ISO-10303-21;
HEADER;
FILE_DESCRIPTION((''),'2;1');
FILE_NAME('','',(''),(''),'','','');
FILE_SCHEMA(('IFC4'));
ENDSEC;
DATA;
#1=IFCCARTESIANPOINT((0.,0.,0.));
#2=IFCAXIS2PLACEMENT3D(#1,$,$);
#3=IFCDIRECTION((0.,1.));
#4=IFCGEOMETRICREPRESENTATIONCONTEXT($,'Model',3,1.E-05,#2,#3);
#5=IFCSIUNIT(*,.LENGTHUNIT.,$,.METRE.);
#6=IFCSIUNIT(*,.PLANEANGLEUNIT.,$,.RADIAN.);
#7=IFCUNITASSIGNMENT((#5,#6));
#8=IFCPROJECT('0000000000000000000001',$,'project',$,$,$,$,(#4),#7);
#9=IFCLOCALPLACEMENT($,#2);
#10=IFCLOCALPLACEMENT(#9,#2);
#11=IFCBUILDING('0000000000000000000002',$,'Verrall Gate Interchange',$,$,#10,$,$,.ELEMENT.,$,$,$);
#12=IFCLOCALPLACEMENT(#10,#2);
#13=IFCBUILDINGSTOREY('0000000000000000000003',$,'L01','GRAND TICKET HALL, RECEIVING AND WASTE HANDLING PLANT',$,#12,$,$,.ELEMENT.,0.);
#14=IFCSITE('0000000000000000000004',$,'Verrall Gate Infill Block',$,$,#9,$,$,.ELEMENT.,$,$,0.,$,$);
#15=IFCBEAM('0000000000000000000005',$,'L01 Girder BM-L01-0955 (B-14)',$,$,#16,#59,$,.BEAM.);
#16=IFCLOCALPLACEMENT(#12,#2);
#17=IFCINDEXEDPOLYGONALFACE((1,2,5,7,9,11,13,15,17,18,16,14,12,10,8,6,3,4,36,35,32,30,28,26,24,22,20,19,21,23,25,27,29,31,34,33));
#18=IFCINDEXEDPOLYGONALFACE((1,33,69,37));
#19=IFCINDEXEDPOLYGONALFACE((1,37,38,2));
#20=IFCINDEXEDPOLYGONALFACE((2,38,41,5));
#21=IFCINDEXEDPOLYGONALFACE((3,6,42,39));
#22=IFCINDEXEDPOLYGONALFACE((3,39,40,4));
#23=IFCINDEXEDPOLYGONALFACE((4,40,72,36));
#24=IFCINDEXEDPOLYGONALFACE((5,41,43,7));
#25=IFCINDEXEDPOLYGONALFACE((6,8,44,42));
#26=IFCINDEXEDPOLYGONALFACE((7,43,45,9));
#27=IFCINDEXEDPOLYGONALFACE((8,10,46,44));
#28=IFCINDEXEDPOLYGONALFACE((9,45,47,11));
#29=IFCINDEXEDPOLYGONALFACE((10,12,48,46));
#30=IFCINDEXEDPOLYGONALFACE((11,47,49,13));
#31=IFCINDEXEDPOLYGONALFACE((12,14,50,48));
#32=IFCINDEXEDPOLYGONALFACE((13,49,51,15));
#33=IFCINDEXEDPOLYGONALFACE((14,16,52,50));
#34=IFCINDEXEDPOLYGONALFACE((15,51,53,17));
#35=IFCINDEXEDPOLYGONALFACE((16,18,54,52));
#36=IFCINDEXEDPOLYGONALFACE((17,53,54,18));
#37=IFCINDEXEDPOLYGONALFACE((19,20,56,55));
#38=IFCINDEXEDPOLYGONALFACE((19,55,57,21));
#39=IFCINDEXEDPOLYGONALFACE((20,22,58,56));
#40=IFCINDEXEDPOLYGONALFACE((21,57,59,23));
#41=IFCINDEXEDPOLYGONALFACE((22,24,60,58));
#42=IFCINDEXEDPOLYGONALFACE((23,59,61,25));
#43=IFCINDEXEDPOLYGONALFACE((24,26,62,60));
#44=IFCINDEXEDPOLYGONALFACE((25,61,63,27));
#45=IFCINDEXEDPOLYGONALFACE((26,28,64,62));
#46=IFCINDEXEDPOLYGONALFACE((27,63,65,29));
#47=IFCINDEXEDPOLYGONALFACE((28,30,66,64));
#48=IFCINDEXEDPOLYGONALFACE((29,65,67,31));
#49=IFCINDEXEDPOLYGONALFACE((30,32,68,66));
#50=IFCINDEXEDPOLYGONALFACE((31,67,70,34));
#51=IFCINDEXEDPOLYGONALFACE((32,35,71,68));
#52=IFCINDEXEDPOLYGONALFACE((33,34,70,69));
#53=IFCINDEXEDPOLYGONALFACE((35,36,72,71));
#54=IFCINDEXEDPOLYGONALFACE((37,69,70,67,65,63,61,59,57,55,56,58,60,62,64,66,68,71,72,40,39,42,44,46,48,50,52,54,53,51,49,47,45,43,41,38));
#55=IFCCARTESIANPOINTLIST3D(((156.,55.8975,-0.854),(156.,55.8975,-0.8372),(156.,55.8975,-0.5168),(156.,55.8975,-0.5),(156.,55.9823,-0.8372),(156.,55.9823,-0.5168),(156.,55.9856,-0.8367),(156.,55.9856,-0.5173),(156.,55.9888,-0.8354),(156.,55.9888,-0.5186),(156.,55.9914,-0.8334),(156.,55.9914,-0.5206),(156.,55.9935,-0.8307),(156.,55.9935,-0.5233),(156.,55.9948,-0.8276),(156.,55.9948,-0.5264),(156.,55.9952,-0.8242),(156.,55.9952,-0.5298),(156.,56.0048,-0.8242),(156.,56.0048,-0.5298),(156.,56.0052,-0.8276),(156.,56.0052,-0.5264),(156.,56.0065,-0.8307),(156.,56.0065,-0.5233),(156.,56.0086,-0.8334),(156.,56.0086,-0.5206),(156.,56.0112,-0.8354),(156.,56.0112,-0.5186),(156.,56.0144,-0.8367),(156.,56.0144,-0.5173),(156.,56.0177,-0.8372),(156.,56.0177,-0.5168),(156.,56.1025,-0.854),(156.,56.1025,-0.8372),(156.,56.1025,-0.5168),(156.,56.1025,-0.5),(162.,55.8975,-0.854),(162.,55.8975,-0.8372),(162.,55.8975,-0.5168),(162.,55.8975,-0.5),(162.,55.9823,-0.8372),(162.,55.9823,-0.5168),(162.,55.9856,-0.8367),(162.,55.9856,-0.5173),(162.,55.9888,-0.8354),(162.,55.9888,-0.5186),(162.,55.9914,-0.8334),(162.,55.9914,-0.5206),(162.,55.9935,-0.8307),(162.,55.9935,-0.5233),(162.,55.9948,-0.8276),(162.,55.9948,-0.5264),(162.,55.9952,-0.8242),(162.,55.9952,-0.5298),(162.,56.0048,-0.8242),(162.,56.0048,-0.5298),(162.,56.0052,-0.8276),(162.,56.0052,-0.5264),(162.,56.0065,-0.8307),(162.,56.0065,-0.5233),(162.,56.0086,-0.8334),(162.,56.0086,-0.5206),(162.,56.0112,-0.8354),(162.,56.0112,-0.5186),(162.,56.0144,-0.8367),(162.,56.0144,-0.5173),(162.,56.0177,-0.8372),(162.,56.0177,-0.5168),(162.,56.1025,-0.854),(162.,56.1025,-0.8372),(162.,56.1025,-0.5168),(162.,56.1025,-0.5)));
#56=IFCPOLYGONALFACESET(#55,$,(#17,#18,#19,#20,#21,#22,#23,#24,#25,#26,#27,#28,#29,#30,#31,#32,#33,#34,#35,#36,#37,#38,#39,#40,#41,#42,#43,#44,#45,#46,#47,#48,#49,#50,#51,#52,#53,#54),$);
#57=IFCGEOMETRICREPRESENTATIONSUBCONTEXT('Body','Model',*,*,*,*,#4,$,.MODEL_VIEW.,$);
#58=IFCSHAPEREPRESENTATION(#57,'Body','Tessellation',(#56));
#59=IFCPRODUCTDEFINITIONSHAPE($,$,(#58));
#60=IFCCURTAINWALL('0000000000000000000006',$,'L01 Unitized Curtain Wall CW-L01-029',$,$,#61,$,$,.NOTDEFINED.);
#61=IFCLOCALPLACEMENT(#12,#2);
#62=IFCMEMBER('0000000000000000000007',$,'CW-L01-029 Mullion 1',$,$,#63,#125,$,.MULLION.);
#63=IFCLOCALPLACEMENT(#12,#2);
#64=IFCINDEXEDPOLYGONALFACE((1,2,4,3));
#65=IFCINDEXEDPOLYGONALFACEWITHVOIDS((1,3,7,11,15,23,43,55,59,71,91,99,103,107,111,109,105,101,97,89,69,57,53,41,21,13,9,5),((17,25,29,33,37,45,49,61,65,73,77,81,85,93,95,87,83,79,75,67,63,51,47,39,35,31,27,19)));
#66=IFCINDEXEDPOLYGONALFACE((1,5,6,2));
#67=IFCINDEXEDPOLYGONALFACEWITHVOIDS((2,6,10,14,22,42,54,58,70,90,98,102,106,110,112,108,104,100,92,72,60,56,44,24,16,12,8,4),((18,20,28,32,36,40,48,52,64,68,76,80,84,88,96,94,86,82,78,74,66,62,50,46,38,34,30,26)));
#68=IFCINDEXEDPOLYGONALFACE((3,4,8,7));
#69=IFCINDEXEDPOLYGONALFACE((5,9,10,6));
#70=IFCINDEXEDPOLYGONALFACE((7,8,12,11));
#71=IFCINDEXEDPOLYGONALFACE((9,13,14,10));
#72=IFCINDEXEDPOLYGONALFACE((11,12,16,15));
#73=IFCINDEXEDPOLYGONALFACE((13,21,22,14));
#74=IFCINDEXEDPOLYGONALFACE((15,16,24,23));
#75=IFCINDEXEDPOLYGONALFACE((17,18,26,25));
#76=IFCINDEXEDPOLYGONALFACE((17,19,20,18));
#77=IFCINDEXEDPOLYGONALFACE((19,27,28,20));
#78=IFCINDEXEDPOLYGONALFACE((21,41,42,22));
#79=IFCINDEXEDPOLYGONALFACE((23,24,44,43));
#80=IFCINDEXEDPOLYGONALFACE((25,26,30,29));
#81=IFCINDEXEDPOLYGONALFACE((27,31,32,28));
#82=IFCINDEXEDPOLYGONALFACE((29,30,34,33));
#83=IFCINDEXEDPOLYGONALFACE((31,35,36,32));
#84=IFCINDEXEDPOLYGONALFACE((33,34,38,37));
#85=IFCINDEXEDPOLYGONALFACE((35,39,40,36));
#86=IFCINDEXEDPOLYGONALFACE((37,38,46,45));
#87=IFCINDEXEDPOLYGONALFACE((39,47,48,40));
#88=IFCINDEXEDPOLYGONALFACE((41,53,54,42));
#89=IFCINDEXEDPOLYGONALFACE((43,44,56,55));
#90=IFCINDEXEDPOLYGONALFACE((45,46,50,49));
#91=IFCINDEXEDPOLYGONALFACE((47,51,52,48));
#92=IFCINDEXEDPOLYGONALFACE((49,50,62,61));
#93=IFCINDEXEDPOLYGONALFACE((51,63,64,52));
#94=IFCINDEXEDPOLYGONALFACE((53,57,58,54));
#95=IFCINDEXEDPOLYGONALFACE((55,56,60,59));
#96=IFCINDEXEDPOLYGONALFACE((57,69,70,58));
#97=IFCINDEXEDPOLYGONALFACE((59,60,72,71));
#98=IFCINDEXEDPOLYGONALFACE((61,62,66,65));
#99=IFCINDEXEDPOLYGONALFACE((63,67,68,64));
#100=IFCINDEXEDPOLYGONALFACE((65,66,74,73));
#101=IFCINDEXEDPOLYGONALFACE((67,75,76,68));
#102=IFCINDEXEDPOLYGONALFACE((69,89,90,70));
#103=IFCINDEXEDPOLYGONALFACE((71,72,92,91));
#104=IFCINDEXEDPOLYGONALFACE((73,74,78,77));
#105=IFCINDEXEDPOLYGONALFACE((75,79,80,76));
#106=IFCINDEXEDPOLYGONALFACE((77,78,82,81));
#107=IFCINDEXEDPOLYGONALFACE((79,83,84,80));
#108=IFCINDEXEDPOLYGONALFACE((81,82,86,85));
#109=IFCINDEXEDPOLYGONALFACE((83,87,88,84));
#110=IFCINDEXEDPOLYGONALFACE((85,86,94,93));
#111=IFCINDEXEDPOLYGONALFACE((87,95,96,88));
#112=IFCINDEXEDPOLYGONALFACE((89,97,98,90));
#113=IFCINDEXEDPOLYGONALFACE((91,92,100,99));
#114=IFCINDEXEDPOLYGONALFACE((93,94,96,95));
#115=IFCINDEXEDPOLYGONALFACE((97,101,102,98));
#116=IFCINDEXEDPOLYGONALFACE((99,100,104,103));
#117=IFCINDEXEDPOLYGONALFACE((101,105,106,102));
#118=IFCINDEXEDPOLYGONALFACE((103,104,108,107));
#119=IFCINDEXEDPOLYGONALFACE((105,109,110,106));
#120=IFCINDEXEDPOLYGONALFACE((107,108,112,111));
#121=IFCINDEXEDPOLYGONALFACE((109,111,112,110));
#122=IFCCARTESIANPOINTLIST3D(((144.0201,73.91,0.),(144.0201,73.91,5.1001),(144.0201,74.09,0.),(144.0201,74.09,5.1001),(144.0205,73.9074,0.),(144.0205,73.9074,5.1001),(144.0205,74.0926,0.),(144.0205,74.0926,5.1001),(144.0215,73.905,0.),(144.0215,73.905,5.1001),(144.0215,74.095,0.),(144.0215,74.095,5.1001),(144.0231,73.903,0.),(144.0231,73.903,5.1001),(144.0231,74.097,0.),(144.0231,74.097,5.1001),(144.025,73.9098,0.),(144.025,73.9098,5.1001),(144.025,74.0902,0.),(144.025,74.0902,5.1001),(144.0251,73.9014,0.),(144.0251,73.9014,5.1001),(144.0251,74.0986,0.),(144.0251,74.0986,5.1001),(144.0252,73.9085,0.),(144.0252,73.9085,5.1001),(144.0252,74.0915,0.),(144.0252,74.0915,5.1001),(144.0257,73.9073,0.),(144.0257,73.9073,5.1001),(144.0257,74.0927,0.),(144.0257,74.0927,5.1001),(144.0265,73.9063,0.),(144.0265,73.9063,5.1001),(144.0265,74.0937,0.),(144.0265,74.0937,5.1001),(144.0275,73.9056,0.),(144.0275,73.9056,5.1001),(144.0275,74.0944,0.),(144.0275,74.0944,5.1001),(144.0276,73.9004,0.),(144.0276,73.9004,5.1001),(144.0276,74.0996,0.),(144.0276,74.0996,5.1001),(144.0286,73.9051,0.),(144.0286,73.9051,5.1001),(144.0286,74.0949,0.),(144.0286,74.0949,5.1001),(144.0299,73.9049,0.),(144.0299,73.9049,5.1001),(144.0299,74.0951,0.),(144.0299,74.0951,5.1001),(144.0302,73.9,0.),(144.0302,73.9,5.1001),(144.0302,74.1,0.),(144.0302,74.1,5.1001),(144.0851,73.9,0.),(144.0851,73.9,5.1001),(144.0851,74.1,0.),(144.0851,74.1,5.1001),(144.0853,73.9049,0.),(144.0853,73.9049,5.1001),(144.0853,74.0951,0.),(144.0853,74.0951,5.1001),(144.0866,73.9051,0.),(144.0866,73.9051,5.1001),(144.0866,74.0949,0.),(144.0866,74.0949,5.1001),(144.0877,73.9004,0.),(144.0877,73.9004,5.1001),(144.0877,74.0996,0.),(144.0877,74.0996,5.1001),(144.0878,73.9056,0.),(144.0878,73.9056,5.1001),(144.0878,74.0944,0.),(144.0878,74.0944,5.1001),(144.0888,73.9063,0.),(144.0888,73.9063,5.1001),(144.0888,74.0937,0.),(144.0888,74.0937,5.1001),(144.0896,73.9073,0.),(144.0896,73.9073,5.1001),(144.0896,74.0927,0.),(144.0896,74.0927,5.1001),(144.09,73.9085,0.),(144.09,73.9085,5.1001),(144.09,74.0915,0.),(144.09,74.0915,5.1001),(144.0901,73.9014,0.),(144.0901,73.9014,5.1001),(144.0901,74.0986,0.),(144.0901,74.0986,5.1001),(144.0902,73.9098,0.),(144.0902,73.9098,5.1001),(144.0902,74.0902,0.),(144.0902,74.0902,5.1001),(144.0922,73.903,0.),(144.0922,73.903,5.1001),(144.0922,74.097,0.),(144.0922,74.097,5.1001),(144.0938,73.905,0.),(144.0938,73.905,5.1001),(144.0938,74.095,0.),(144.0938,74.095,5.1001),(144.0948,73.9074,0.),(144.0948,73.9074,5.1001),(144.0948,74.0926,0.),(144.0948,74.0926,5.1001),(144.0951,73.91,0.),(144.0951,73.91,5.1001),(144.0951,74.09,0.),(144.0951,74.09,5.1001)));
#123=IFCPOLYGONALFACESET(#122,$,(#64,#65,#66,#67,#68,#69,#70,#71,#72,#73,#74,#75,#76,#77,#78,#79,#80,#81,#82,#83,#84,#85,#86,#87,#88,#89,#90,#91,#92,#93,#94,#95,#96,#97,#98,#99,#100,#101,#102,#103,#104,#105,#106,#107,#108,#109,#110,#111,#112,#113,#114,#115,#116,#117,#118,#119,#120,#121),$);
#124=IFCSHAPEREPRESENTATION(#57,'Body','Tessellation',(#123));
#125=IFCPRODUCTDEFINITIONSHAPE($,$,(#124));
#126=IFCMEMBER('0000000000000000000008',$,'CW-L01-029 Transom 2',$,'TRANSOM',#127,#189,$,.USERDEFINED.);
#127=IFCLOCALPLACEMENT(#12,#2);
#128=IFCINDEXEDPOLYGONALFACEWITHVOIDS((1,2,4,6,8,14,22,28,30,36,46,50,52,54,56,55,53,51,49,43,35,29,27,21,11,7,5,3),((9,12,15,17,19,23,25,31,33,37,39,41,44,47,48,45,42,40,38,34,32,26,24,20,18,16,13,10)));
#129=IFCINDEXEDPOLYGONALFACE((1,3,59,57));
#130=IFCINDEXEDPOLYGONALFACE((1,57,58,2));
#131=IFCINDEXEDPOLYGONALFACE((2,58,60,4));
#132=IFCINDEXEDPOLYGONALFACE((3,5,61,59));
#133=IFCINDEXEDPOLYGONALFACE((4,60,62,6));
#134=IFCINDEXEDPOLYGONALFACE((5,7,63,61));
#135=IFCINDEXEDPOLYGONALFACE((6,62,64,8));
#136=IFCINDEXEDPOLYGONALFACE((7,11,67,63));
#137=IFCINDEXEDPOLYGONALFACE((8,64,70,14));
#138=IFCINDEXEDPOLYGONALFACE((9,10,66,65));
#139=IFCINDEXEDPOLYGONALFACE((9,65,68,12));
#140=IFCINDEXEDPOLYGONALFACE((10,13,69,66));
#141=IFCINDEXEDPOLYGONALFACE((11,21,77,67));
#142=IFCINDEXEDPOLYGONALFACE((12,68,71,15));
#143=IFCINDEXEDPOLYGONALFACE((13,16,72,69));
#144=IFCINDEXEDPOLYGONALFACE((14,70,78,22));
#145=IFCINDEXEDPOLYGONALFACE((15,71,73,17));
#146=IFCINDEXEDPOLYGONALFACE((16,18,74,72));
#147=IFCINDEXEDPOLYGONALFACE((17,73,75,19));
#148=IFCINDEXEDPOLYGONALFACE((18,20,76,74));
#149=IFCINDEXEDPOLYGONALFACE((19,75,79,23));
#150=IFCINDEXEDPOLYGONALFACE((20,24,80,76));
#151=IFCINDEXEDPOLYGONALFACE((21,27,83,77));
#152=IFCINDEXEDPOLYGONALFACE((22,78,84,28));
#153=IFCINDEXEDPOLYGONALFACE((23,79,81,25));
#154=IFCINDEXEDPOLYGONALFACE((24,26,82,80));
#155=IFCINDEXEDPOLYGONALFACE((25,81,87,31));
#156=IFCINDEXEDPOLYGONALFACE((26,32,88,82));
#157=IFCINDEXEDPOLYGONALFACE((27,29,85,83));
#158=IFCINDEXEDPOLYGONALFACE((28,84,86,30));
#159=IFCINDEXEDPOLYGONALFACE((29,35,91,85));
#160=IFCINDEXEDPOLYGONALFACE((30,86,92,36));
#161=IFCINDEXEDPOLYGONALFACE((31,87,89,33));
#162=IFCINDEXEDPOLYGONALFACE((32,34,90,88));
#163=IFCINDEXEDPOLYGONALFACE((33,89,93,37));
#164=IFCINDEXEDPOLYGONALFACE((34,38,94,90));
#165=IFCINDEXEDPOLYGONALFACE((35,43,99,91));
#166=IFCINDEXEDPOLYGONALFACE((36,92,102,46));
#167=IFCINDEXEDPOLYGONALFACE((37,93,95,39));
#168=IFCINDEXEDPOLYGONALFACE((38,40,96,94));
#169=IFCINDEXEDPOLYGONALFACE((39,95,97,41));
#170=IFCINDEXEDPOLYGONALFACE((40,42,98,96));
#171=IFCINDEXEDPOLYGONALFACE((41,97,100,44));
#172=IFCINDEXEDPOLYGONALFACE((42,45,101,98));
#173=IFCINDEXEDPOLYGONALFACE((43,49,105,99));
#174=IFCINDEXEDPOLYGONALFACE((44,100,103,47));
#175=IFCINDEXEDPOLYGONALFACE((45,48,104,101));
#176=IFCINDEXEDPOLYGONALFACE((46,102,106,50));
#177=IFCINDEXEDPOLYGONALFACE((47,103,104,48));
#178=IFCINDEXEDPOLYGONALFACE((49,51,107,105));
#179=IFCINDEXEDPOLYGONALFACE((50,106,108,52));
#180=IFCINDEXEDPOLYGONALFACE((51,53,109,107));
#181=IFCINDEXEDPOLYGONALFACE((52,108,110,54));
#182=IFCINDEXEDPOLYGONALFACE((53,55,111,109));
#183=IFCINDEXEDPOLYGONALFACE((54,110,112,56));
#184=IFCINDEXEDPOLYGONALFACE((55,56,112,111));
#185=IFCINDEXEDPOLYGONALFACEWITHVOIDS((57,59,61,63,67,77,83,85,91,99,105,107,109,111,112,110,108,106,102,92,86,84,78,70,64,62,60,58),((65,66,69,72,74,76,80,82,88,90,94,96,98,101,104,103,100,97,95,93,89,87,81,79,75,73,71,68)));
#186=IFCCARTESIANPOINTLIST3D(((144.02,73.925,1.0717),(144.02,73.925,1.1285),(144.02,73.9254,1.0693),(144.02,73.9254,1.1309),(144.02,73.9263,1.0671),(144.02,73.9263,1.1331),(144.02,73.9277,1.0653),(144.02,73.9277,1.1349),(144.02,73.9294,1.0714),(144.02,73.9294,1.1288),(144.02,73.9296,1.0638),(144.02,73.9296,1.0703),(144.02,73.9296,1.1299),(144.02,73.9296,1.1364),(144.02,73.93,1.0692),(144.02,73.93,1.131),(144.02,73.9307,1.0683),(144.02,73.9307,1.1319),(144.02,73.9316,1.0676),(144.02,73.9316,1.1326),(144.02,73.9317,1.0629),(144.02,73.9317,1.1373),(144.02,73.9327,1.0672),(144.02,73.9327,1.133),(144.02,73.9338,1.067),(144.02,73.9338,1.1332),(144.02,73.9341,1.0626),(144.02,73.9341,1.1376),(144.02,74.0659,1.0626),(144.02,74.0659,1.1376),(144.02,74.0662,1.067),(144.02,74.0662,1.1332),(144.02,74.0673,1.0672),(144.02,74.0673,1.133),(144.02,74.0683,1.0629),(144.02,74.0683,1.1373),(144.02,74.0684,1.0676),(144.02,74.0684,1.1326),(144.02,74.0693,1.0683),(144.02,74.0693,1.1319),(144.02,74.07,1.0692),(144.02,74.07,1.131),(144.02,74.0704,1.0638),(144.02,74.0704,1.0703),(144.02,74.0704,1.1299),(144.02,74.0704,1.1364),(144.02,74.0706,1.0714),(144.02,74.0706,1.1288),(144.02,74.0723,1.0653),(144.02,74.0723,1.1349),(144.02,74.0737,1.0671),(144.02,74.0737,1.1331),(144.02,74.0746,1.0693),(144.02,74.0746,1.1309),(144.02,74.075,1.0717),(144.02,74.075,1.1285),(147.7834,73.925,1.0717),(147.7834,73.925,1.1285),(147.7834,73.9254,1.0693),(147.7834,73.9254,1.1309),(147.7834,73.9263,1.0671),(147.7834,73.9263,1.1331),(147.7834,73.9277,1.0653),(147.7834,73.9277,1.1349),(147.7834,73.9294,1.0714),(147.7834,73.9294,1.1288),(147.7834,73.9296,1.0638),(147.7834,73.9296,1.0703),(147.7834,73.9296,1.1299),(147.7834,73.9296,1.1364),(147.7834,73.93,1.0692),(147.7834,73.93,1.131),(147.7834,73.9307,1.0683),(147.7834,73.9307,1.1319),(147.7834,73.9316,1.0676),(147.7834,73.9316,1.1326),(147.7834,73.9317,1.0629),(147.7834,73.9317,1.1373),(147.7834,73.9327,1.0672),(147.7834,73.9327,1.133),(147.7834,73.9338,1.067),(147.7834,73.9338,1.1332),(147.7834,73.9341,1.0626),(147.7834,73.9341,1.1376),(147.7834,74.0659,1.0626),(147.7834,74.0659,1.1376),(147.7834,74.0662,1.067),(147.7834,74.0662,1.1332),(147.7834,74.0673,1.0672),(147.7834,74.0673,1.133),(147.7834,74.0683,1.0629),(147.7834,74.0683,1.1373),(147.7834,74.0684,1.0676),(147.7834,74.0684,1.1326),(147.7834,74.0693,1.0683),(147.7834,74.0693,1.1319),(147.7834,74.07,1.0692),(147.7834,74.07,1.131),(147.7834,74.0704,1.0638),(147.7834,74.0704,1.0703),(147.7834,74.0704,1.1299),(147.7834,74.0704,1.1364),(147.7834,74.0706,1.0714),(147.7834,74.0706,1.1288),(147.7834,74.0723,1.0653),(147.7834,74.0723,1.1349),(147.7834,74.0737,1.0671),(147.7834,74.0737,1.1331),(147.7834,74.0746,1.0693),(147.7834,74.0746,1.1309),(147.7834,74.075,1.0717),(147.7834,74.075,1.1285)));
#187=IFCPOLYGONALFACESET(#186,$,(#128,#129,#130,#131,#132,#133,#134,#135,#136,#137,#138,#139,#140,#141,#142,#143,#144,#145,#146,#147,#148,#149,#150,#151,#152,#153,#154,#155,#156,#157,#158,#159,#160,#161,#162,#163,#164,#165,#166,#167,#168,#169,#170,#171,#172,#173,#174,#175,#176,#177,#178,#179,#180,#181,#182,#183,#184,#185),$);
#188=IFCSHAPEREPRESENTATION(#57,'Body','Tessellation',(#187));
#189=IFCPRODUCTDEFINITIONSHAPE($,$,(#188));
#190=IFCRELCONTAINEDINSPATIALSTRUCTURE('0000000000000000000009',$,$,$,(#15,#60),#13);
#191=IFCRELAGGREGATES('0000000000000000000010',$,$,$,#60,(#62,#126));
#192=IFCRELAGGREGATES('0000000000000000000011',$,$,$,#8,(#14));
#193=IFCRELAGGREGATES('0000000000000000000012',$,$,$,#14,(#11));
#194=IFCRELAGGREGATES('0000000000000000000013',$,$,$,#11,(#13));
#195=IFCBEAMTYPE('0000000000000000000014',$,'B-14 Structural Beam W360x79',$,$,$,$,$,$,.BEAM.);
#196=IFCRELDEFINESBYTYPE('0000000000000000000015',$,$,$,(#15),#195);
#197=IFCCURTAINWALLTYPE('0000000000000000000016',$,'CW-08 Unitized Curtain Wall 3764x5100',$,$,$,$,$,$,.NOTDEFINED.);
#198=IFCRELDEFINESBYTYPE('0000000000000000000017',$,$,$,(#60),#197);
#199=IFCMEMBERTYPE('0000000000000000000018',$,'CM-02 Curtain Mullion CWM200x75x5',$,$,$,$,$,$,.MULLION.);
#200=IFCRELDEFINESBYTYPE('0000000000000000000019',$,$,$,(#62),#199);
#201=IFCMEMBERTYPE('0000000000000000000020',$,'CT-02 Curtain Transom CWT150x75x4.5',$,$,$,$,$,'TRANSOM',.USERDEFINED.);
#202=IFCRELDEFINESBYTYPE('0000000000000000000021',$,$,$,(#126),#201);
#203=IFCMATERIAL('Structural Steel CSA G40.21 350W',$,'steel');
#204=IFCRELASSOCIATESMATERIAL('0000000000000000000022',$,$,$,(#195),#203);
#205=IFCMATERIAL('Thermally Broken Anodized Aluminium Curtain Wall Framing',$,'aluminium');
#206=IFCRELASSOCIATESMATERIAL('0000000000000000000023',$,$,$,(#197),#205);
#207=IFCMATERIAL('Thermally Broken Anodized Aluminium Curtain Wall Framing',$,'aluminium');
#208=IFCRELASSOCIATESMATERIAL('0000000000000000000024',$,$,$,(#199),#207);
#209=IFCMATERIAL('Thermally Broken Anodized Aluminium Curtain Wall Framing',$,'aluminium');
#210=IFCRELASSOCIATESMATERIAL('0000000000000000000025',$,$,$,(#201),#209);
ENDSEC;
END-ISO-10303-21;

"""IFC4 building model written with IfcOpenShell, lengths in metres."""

from ifc_helpers import new_model, si_unit, direction, frame, origin, origin_2d, place, context, subcontext, project, spatial, hollow_rectangle, i_section, extrude, material, material_profile, profile_set, type_object, element, aggregate, save


model = new_model("IFC4")

# Units and contexts
model_context = context("Model", 3, precision=1e-05, world=origin(), true_north=direction((0.0, 1.0)))
body_context = subcontext(model_context, "Body", "Model", "MODEL_VIEW")
ifc_project = project(units=[si_unit("LENGTHUNIT", "METRE"), si_unit("PLANEANGLEUNIT", "RADIAN")], contexts=[model_context])

# Site, building, storey
site_placement = place(None, origin())
site = spatial("IfcSite", under=ifc_project, at=site_placement, Name="Verrall Gate Infill Block", CompositionType="ELEMENT", RefElevation=0.0)
building_placement = place(site_placement, origin())
building = spatial("IfcBuilding", under=site, at=building_placement, Name="Verrall Gate Interchange", CompositionType="ELEMENT")
storey_placement = place(building_placement, origin())
storey = spatial("IfcBuildingStorey", under=building, at=storey_placement, Name="L01", Description="GRAND TICKET HALL, RECEIVING AND WASTE HANDLING PLANT", CompositionType="ELEMENT", Elevation=0.0)

# Beam
ifc_material_1 = material(Name="Structural Steel CSA G40.21 350W", Category="steel")
ifc_material_profile_1 = material_profile(ifc_material_1, i_section(OverallWidth=0.2051, OverallDepth=0.354, WebThickness=0.0095, FlangeThickness=0.0168, FilletRadius=0.0129, at=origin_2d()), Name="W360x79")
ifc_profile_set_1 = profile_set([ifc_material_profile_1], Name="Structural Steel CSA G40.21 350W")
beam_type_1 = type_object("IfcBeamType", Name="B-14 Structural Beam W360x79", PredefinedType="BEAM", material=ifc_profile_set_1)
beam_1_placement = place(storey_placement, frame((156.0, 56.0, -0.677), z_axis=(1.0, 0.0, 0.0), x_axis=(0.0, 1.0, 0.0)))
element("IfcBeam", 1, at=beam_1_placement, inside=storey, type_object=beam_type_1, Name="L01 Girder BM-L01-0955 (B-14)", PredefinedType="BEAM", context=body_context, shape_type="SweptSolid", body=[
    extrude(i_section(OverallWidth=0.2051, OverallDepth=0.354, WebThickness=0.0095, FlangeThickness=0.0168, FilletRadius=0.0129, at=origin_2d()), origin(), (0.0, 0.0, 1.0), 6.0),
])

# Curtain wall, members
ifc_material_2 = material(Name="Thermally Broken Anodized Aluminium Curtain Wall Framing", Category="aluminium")
curtain_wall_type = type_object("IfcCurtainWallType", Name="CW-08 Unitized Curtain Wall 3764x5100", PredefinedType="NOTDEFINED", material=ifc_material_2)
curtain_wall_placement = place(storey_placement, origin())
curtain_wall = element("IfcCurtainWall", 2, at=curtain_wall_placement, inside=storey, type_object=curtain_wall_type, Name="L01 Unitized Curtain Wall CW-L01-029", PredefinedType="NOTDEFINED")
ifc_material_3 = material(Name="Thermally Broken Anodized Aluminium Curtain Wall Framing", Category="aluminium")
ifc_material_profile_2 = material_profile(ifc_material_3, hollow_rectangle(XDim=0.075, YDim=0.2, WallThickness=0.0049, InnerFilletRadius=0.0049, OuterFilletRadius=0.01, at=origin_2d()), Name="CWM200x75x5")
ifc_profile_set_2 = profile_set([ifc_material_profile_2], Name="Thermally Broken Anodized Aluminium Curtain Wall Framing")
member_type_1 = type_object("IfcMemberType", Name="CM-02 Curtain Mullion CWM200x75x5", PredefinedType="MULLION", material=ifc_profile_set_2)
member_1_placement = place(storey_placement, frame((144.0576, 74.0, 0.0), z_axis=(0.0, 0.0, 1.0), x_axis=(1.0, 0.0, 0.0)))
member_1 = element("IfcMember", 3, at=member_1_placement, type_object=member_type_1, Name="CW-L01-029 Mullion 1", PredefinedType="MULLION", context=body_context, shape_type="SweptSolid", body=[
    extrude(hollow_rectangle(XDim=0.075, YDim=0.2, WallThickness=0.0049, InnerFilletRadius=0.0049, OuterFilletRadius=0.01, at=origin_2d()), origin(), (0.0, 0.0, 1.0), 5.1001),
])
ifc_material_4 = material(Name="Thermally Broken Anodized Aluminium Curtain Wall Framing", Category="aluminium")
ifc_material_profile_3 = material_profile(ifc_material_4, hollow_rectangle(XDim=0.1499, YDim=0.075, WallThickness=0.0044, InnerFilletRadius=0.0044, OuterFilletRadius=0.009, at=origin_2d()), Name="CWT150x75x4.5")
ifc_profile_set_3 = profile_set([ifc_material_profile_3], Name="Thermally Broken Anodized Aluminium Curtain Wall Framing")
member_type_2 = type_object("IfcMemberType", Name="CT-02 Curtain Transom CWT150x75x4.5", ElementType="TRANSOM", PredefinedType="USERDEFINED", material=ifc_profile_set_3)
member_2_placement = place(storey_placement, frame((144.02, 74.0, 1.1001), z_axis=(1.0, 0.0, 0.0), x_axis=(0.0, 1.0, 0.0)))
member_2 = element("IfcMember", 4, at=member_2_placement, type_object=member_type_2, Name="CW-L01-029 Transom 2", ObjectType="TRANSOM", PredefinedType="USERDEFINED", context=body_context, shape_type="SweptSolid", body=[
    extrude(hollow_rectangle(XDim=0.1499, YDim=0.075, WallThickness=0.0044, InnerFilletRadius=0.0044, OuterFilletRadius=0.009, at=origin_2d()), origin(), (0.0, 0.0, 1.0), 3.7634),
])

aggregate(curtain_wall, [member_1, member_2])

save(model, "model.ifc")
